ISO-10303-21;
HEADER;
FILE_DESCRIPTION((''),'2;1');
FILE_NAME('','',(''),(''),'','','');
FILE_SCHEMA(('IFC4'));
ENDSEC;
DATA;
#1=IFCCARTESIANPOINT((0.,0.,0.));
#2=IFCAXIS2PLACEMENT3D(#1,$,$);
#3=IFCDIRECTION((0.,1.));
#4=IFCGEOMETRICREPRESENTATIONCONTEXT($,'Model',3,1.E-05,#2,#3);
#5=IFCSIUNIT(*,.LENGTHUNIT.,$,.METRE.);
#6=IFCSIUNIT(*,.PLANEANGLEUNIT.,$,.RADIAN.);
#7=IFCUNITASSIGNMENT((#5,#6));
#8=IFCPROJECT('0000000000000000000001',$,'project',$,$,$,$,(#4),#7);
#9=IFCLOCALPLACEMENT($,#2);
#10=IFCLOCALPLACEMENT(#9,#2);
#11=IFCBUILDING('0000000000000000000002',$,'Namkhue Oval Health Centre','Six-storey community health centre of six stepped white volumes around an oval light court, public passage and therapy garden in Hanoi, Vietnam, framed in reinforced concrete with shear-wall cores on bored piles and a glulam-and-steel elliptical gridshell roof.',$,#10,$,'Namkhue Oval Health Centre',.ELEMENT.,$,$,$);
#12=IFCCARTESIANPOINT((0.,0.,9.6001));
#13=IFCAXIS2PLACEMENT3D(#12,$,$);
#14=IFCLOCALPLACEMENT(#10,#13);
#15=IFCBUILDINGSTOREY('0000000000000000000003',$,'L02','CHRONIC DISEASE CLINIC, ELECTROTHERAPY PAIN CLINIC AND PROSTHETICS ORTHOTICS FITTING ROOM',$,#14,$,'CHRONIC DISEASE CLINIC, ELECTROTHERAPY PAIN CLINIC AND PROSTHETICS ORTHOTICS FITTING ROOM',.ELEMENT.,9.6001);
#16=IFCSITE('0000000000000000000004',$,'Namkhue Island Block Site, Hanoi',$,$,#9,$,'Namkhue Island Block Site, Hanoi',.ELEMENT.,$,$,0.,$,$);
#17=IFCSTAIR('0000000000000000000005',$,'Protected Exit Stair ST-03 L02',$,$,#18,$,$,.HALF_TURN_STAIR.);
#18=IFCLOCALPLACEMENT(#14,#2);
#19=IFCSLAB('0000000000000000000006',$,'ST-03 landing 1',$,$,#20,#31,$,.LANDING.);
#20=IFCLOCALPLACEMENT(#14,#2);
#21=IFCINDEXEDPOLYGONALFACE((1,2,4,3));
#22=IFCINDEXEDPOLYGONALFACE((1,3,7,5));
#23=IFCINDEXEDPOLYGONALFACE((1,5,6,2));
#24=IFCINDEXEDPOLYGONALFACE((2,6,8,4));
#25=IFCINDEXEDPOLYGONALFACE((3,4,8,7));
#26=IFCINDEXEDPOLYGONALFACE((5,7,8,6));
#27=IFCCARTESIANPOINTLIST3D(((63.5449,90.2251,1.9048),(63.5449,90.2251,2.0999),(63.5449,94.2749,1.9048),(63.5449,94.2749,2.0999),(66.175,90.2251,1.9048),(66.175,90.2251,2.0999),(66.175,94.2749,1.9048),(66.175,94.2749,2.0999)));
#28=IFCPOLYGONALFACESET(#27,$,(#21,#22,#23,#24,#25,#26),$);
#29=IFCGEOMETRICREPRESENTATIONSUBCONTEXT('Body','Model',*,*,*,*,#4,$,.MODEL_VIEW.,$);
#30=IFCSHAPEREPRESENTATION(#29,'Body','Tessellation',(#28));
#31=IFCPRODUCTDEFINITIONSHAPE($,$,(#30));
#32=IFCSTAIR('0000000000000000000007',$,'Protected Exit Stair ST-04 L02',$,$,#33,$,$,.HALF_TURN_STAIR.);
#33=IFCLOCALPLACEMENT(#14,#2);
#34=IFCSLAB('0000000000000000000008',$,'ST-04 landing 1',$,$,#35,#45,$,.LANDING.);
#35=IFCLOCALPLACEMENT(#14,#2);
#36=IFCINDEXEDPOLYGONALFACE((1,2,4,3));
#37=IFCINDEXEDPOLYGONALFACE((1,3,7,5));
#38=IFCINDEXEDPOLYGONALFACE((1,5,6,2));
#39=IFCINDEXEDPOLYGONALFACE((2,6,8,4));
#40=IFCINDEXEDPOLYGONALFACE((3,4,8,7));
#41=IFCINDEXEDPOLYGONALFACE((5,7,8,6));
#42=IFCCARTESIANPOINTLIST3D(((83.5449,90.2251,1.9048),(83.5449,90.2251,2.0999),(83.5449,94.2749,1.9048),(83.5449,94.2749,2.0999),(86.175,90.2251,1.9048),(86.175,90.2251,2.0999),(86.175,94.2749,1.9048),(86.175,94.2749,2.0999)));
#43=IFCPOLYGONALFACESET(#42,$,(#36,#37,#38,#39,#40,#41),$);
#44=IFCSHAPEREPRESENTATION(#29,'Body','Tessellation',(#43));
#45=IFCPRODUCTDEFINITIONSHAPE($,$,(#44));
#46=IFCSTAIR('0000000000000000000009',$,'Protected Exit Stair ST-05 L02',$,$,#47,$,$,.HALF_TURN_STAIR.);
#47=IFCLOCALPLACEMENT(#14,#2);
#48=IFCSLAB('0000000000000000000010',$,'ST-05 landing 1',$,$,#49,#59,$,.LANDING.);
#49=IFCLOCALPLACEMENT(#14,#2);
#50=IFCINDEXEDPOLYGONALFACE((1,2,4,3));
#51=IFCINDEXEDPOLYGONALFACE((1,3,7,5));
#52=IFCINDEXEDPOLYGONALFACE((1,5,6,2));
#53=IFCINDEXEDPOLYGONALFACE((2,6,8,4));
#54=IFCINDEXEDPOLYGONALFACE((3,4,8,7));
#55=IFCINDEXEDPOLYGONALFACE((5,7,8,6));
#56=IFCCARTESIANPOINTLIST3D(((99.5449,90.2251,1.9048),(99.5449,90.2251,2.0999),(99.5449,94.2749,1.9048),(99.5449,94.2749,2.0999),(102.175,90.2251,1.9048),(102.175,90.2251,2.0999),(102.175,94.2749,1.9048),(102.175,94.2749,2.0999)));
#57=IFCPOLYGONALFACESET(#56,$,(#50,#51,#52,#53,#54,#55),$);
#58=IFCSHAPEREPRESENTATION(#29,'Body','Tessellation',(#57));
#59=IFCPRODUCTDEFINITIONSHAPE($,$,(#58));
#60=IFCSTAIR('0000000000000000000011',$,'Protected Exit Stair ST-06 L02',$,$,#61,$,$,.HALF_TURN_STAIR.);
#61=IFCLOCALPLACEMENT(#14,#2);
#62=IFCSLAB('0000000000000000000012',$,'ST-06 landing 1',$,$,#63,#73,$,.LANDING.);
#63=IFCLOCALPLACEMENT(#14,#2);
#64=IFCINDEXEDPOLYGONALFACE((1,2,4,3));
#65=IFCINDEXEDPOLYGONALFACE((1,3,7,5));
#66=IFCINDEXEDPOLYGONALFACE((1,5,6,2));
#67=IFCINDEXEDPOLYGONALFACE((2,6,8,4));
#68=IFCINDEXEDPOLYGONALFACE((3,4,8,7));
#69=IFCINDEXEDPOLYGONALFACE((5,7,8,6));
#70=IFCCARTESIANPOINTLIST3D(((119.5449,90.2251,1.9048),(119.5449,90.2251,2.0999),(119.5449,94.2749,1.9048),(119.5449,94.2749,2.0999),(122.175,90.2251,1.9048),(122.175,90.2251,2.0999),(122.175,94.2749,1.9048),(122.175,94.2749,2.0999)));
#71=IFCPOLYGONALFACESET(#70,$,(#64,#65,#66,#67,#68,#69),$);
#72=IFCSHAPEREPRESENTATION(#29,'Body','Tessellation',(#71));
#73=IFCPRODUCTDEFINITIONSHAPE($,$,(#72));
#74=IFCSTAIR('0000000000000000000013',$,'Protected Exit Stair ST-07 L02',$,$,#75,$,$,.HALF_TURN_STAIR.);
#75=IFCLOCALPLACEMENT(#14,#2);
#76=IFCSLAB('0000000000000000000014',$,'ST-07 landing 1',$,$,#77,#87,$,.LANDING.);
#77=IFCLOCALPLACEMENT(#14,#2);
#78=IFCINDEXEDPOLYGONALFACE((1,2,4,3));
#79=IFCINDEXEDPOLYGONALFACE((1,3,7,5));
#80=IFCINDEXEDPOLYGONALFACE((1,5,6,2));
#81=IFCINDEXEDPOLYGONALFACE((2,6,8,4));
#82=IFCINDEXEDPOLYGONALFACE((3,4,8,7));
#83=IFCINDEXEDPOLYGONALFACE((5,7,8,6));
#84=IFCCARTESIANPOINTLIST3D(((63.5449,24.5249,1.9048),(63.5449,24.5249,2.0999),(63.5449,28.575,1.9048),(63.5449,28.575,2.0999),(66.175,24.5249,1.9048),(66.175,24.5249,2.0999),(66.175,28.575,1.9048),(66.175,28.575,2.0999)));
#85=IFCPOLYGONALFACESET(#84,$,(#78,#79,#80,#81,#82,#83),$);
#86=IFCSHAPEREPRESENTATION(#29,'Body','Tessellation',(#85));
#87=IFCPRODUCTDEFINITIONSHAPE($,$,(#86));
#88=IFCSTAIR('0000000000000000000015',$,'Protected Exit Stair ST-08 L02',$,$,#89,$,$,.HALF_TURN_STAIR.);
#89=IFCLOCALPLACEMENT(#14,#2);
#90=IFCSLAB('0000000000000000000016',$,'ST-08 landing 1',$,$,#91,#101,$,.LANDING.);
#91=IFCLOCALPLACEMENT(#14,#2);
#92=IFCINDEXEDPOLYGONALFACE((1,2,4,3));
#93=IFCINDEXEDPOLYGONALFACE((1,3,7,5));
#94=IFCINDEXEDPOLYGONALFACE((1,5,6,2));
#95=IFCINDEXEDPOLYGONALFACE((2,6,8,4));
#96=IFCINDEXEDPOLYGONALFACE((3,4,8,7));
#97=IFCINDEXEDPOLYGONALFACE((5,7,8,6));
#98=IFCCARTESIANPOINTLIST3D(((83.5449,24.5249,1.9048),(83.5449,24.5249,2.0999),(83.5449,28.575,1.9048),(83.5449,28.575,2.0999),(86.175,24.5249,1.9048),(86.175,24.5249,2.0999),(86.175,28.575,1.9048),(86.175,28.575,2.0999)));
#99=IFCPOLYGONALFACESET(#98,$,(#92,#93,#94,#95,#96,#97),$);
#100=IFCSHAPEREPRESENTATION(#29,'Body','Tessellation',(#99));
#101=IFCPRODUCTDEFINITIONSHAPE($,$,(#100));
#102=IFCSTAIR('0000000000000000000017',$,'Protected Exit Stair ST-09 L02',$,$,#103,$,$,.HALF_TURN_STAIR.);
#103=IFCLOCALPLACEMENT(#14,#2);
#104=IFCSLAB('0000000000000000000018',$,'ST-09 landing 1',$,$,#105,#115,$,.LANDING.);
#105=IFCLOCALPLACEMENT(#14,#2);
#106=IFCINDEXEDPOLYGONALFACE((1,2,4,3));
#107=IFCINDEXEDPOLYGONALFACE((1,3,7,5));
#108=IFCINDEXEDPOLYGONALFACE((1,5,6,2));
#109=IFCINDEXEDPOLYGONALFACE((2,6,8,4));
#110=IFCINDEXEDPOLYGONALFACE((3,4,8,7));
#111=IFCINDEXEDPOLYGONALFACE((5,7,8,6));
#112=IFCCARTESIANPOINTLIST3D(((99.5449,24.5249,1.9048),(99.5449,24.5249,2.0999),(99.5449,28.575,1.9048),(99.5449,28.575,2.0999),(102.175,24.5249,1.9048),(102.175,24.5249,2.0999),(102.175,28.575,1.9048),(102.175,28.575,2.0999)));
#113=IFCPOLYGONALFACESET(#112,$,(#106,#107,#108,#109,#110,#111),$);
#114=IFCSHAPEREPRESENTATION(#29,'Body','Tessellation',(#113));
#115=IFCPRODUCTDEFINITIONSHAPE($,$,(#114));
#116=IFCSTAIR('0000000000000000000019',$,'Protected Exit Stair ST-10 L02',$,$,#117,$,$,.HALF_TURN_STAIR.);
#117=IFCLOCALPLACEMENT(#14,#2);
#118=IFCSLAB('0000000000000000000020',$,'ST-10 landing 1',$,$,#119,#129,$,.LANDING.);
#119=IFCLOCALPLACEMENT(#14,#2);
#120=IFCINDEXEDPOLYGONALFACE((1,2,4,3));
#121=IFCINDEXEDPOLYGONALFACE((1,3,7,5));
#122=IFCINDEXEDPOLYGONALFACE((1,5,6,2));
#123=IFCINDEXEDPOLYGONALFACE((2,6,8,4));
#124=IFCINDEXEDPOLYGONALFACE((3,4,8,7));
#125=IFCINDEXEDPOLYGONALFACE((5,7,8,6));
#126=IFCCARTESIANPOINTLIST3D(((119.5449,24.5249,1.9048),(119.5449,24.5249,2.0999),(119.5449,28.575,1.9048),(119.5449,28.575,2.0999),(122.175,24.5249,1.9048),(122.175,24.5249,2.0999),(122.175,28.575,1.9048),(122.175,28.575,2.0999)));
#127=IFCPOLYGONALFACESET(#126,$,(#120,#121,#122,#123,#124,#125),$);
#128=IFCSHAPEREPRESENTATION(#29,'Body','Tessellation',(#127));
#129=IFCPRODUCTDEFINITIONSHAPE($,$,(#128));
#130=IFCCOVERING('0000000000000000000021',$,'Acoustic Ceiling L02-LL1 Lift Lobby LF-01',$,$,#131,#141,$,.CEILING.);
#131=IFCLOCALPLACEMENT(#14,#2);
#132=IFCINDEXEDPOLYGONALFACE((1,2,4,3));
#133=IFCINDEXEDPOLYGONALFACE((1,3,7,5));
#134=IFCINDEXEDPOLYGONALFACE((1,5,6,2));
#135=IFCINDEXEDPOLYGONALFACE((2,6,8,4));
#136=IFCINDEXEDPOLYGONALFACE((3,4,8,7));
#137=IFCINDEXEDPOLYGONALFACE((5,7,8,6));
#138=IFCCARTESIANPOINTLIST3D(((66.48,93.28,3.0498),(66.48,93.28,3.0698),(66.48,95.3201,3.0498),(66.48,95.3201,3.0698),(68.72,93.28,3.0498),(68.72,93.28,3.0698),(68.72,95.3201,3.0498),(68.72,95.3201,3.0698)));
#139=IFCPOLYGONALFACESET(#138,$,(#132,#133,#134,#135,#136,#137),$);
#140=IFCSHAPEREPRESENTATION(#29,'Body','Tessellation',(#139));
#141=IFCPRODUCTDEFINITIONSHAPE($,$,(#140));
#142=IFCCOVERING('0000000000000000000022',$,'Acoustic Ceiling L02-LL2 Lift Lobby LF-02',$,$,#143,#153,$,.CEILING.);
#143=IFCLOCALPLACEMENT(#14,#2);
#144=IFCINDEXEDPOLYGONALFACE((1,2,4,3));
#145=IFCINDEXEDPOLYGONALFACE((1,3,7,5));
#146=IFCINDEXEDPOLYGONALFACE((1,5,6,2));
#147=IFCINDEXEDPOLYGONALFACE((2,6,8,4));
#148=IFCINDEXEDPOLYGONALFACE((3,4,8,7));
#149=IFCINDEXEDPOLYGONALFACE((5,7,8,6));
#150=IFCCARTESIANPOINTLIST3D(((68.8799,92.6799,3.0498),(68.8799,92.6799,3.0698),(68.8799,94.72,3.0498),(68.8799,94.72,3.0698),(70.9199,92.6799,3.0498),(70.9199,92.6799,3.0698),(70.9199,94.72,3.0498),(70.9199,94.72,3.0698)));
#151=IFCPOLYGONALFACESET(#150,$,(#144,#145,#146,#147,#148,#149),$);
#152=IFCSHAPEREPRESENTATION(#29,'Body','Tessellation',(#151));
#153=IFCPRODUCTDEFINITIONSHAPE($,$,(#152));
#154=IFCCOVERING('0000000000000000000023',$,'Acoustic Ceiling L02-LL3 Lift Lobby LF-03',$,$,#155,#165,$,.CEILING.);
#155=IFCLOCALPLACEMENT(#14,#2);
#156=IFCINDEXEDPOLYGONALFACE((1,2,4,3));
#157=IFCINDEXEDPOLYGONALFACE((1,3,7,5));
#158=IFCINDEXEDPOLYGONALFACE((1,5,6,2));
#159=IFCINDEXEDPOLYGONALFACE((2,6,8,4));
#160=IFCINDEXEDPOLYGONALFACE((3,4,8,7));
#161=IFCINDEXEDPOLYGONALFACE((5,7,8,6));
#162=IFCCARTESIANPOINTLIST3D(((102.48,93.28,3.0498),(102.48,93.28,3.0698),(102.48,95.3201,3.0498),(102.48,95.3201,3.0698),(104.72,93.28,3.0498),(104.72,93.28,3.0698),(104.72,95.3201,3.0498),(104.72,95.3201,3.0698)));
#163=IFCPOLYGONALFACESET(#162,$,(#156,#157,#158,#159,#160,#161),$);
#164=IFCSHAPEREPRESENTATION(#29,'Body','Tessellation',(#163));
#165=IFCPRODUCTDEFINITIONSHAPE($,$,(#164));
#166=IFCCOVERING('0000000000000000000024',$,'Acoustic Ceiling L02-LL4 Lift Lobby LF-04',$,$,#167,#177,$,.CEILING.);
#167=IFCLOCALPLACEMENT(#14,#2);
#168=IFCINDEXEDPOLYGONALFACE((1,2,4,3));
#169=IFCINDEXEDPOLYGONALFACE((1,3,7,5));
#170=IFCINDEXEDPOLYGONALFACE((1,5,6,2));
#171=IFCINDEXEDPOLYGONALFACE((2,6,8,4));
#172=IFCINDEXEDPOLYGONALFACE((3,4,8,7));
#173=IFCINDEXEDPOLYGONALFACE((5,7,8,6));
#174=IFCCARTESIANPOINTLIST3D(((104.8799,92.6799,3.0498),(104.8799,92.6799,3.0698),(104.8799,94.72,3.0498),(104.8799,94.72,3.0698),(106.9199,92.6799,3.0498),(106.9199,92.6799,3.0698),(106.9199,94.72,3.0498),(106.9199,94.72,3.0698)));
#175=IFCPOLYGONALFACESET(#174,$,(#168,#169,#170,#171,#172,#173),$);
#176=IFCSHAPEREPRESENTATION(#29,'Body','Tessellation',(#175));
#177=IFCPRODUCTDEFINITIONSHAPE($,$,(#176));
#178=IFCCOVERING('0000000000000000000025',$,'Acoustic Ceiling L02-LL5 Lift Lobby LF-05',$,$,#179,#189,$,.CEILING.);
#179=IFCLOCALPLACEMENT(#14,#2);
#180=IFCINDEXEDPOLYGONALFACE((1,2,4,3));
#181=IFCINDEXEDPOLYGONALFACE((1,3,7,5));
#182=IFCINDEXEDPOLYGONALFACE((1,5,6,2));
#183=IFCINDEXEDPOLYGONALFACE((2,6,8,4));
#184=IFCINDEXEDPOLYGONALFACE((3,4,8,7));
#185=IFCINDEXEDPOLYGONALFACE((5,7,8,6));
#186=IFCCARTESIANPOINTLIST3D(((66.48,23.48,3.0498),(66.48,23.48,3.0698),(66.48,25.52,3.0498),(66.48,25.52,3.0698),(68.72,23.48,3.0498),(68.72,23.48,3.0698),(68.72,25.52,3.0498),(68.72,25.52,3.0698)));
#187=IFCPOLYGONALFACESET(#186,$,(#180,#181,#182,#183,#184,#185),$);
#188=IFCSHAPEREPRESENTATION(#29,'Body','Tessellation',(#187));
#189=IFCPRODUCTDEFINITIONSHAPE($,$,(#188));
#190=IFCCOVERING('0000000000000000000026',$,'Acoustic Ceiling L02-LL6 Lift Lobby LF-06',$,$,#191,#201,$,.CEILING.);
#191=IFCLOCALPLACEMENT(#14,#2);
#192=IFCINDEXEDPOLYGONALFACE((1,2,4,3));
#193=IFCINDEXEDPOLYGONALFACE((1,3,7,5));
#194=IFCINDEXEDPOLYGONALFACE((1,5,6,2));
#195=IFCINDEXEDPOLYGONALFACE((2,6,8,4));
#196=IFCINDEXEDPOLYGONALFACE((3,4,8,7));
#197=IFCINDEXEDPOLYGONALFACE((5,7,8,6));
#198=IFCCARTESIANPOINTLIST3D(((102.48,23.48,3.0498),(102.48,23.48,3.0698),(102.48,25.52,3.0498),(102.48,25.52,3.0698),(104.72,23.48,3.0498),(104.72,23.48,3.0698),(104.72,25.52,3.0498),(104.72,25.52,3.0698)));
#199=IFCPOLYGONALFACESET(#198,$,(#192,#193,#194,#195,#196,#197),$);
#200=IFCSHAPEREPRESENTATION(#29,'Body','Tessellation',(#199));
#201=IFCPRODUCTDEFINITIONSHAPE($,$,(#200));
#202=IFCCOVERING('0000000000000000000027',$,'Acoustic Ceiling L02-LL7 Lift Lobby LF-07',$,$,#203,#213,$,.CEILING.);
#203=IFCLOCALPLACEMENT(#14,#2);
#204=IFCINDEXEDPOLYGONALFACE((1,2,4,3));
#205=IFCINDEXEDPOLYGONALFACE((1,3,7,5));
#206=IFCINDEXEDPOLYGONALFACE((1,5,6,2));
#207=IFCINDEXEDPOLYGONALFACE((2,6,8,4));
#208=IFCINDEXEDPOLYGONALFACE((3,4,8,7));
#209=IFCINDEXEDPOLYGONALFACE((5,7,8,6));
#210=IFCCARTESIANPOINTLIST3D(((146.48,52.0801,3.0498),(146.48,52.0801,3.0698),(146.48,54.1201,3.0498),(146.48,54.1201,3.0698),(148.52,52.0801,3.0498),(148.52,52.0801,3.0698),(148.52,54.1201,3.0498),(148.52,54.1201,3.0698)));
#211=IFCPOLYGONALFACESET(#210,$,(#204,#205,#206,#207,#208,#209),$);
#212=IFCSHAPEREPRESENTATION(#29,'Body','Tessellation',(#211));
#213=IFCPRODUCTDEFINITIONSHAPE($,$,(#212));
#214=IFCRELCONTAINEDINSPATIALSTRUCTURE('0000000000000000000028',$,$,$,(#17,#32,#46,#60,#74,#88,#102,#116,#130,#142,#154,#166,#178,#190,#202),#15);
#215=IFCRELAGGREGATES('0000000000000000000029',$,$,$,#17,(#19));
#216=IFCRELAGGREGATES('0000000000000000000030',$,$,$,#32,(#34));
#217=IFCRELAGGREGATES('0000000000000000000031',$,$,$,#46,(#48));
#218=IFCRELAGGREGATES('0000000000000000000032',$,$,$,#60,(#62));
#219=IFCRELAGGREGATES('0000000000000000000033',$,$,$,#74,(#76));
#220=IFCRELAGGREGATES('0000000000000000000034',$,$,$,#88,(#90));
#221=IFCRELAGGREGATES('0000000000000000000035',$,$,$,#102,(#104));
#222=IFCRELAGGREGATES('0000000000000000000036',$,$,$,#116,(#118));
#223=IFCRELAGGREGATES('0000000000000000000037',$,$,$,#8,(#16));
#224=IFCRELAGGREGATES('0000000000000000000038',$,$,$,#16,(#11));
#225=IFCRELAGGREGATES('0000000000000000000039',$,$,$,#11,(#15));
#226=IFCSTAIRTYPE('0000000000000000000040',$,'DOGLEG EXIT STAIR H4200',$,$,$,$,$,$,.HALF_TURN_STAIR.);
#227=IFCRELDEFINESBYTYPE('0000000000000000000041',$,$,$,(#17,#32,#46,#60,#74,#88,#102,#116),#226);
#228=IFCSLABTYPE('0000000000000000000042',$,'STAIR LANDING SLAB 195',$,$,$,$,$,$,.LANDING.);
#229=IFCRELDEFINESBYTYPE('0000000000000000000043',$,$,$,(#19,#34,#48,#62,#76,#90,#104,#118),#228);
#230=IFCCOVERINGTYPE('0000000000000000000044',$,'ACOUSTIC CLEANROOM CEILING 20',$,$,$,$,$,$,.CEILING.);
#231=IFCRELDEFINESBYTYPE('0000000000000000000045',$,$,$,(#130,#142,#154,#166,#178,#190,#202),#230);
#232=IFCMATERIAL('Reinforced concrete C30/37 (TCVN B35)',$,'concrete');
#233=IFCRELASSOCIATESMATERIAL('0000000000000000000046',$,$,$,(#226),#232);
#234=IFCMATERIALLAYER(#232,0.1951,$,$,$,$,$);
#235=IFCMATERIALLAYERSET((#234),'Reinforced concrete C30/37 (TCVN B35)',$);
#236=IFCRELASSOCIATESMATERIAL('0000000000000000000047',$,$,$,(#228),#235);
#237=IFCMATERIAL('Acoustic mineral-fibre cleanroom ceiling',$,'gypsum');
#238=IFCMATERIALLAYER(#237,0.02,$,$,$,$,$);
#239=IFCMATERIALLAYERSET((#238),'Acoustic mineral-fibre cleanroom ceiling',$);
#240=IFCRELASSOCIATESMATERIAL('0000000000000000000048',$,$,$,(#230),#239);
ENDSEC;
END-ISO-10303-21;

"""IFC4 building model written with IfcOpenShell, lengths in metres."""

from ifc_helpers import new_model, si_unit, direction, frame, origin, place, context, subcontext, project, spatial, polyline, outline, extrude, material, layer, layer_set, type_object, element, aggregate, save


model = new_model("IFC4")

# Units and contexts
model_context = context("Model", 3, precision=1e-05, world=origin(), true_north=direction((0.0, 1.0)))
body_context = subcontext(model_context, "Body", "Model", "MODEL_VIEW")
ifc_project = project(units=[si_unit("LENGTHUNIT", "METRE"), si_unit("PLANEANGLEUNIT", "RADIAN")], contexts=[model_context])

# Site, building, storey
site_placement = place(None, origin())
site = spatial("IfcSite", under=ifc_project, at=site_placement, Name="Namkhue Island Block Site, Hanoi", LongName="Namkhue Island Block Site, Hanoi", CompositionType="ELEMENT", RefElevation=0.0)
building_placement = place(site_placement, origin())
building = spatial("IfcBuilding", under=site, at=building_placement, Name="Namkhue Oval Health Centre", Description="Six-storey community health centre of six stepped white volumes around an oval light court, public passage and therapy garden in Hanoi, Vietnam, framed in reinforced concrete with shear-wall cores on bored piles and a glulam-and-steel elliptical gridshell roof.", LongName="Namkhue Oval Health Centre", CompositionType="ELEMENT")
storey_placement = place(building_placement, frame((0.0, 0.0, 9.6001)))
storey = spatial("IfcBuildingStorey", under=building, at=storey_placement, Name="L02", Description="CHRONIC DISEASE CLINIC, ELECTROTHERAPY PAIN CLINIC AND PROSTHETICS ORTHOTICS FITTING ROOM", LongName="CHRONIC DISEASE CLINIC, ELECTROTHERAPY PAIN CLINIC AND PROSTHETICS ORTHOTICS FITTING ROOM", CompositionType="ELEMENT", Elevation=9.6001)

# Stairs, slabs
ifc_material_1 = material(Name="Reinforced concrete C30/37 (TCVN B35)", Category="concrete")
stair_type = type_object("IfcStairType", Name="DOGLEG EXIT STAIR H4200", PredefinedType="HALF_TURN_STAIR", material=ifc_material_1)
stair_1_placement = place(storey_placement, origin())
stair_1 = element("IfcStair", 1, at=stair_1_placement, inside=storey, type_object=stair_type, Name="Protected Exit Stair ST-03 L02", PredefinedType="HALF_TURN_STAIR")
ifc_layer_1 = layer(ifc_material_1, 0.1951)
ifc_layer_set_1 = layer_set([ifc_layer_1], Name="Reinforced concrete C30/37 (TCVN B35)")
slab_type = type_object("IfcSlabType", Name="STAIR LANDING SLAB 195", PredefinedType="LANDING", material=ifc_layer_set_1)
slab_1_placement = place(storey_placement, frame((0.0, 0.0, 1.9048)))
slab_1 = element("IfcSlab", 2, at=slab_1_placement, type_object=slab_type, Name="ST-03 landing 1", PredefinedType="LANDING", context=body_context, shape_type="SweptSolid", body=[
    extrude(outline(polyline([(63.5449, 90.2251), (66.175, 90.2251), (66.175, 94.2749), (63.5449, 94.2749), (63.5449, 90.2251)])), origin(), (0.0, 0.0, 1.0), 0.1951),
])
aggregate(stair_1, [slab_1])
stair_2_placement = place(storey_placement, origin())
stair_2 = element("IfcStair", 3, at=stair_2_placement, inside=storey, type_object=stair_type, Name="Protected Exit Stair ST-04 L02", PredefinedType="HALF_TURN_STAIR")
slab_2_placement = place(storey_placement, frame((0.0, 0.0, 1.9048)))
slab_2 = element("IfcSlab", 4, at=slab_2_placement, type_object=slab_type, Name="ST-04 landing 1", PredefinedType="LANDING", context=body_context, shape_type="SweptSolid", body=[
    extrude(outline(polyline([(83.5449, 90.2251), (86.175, 90.2251), (86.175, 94.2749), (83.5449, 94.2749), (83.5449, 90.2251)])), origin(), (0.0, 0.0, 1.0), 0.1951),
])
aggregate(stair_2, [slab_2])
stair_3_placement = place(storey_placement, origin())
stair_3 = element("IfcStair", 5, at=stair_3_placement, inside=storey, type_object=stair_type, Name="Protected Exit Stair ST-05 L02", PredefinedType="HALF_TURN_STAIR")
slab_3_placement = place(storey_placement, frame((0.0, 0.0, 1.9048)))
slab_3 = element("IfcSlab", 6, at=slab_3_placement, type_object=slab_type, Name="ST-05 landing 1", PredefinedType="LANDING", context=body_context, shape_type="SweptSolid", body=[
    extrude(outline(polyline([(99.5449, 90.2251), (102.175, 90.2251), (102.175, 94.2749), (99.5449, 94.2749), (99.5449, 90.2251)])), origin(), (0.0, 0.0, 1.0), 0.1951),
])
aggregate(stair_3, [slab_3])
stair_4_placement = place(storey_placement, origin())
stair_4 = element("IfcStair", 7, at=stair_4_placement, inside=storey, type_object=stair_type, Name="Protected Exit Stair ST-06 L02", PredefinedType="HALF_TURN_STAIR")
slab_4_placement = place(storey_placement, frame((0.0, 0.0, 1.9048)))
slab_4 = element("IfcSlab", 8, at=slab_4_placement, type_object=slab_type, Name="ST-06 landing 1", PredefinedType="LANDING", context=body_context, shape_type="SweptSolid", body=[
    extrude(outline(polyline([(119.5449, 90.2251), (122.175, 90.2251), (122.175, 94.2749), (119.5449, 94.2749), (119.5449, 90.2251)])), origin(), (0.0, 0.0, 1.0), 0.1951),
])
aggregate(stair_4, [slab_4])
stair_5_placement = place(storey_placement, origin())
stair_5 = element("IfcStair", 9, at=stair_5_placement, inside=storey, type_object=stair_type, Name="Protected Exit Stair ST-07 L02", PredefinedType="HALF_TURN_STAIR")
slab_5_placement = place(storey_placement, frame((0.0, 0.0, 1.9048)))
slab_5 = element("IfcSlab", 10, at=slab_5_placement, type_object=slab_type, Name="ST-07 landing 1", PredefinedType="LANDING", context=body_context, shape_type="SweptSolid", body=[
    extrude(outline(polyline([(63.5449, 24.5249), (66.175, 24.5249), (66.175, 28.575), (63.5449, 28.575), (63.5449, 24.5249)])), origin(), (0.0, 0.0, 1.0), 0.1951),
])
aggregate(stair_5, [slab_5])
stair_6_placement = place(storey_placement, origin())
stair_6 = element("IfcStair", 11, at=stair_6_placement, inside=storey, type_object=stair_type, Name="Protected Exit Stair ST-08 L02", PredefinedType="HALF_TURN_STAIR")
slab_6_placement = place(storey_placement, frame((0.0, 0.0, 1.9048)))
slab_6 = element("IfcSlab", 12, at=slab_6_placement, type_object=slab_type, Name="ST-08 landing 1", PredefinedType="LANDING", context=body_context, shape_type="SweptSolid", body=[
    extrude(outline(polyline([(83.5449, 24.5249), (86.175, 24.5249), (86.175, 28.575), (83.5449, 28.575), (83.5449, 24.5249)])), origin(), (0.0, 0.0, 1.0), 0.1951),
])
aggregate(stair_6, [slab_6])
stair_7_placement = place(storey_placement, origin())
stair_7 = element("IfcStair", 13, at=stair_7_placement, inside=storey, type_object=stair_type, Name="Protected Exit Stair ST-09 L02", PredefinedType="HALF_TURN_STAIR")
slab_7_placement = place(storey_placement, frame((0.0, 0.0, 1.9048)))
slab_7 = element("IfcSlab", 14, at=slab_7_placement, type_object=slab_type, Name="ST-09 landing 1", PredefinedType="LANDING", context=body_context, shape_type="SweptSolid", body=[
    extrude(outline(polyline([(99.5449, 24.5249), (102.175, 24.5249), (102.175, 28.575), (99.5449, 28.575), (99.5449, 24.5249)])), origin(), (0.0, 0.0, 1.0), 0.1951),
])
aggregate(stair_7, [slab_7])
stair_8_placement = place(storey_placement, origin())
stair_8 = element("IfcStair", 15, at=stair_8_placement, inside=storey, type_object=stair_type, Name="Protected Exit Stair ST-10 L02", PredefinedType="HALF_TURN_STAIR")
slab_8_placement = place(storey_placement, frame((0.0, 0.0, 1.9048)))
slab_8 = element("IfcSlab", 16, at=slab_8_placement, type_object=slab_type, Name="ST-10 landing 1", PredefinedType="LANDING", context=body_context, shape_type="SweptSolid", body=[
    extrude(outline(polyline([(119.5449, 24.5249), (122.175, 24.5249), (122.175, 28.575), (119.5449, 28.575), (119.5449, 24.5249)])), origin(), (0.0, 0.0, 1.0), 0.1951),
])
aggregate(stair_8, [slab_8])

# Coverings
ifc_material_2 = material(Name="Acoustic mineral-fibre cleanroom ceiling", Category="gypsum")
ifc_layer_2 = layer(ifc_material_2, 0.02)
ifc_layer_set_2 = layer_set([ifc_layer_2], Name="Acoustic mineral-fibre cleanroom ceiling")
covering_type_1 = type_object("IfcCoveringType", Name="ACOUSTIC CLEANROOM CEILING 20", PredefinedType="CEILING", material=ifc_layer_set_2)
covering_1_placement = place(storey_placement, frame((0.0, 0.0, 3.0498)))
element("IfcCovering", 17, at=covering_1_placement, inside=storey, type_object=covering_type_1, Name="Acoustic Ceiling L02-LL1 Lift Lobby LF-01", PredefinedType="CEILING", context=body_context, shape_type="SweptSolid", body=[
    extrude(outline(polyline([(66.48, 93.28), (66.48, 95.3201), (68.72, 95.3201), (68.72, 93.28), (66.48, 93.28)])), origin(), (0.0, 0.0, 1.0), 0.02),
])
covering_2_placement = place(storey_placement, frame((0.0, 0.0, 3.0498)))
element("IfcCovering", 18, at=covering_2_placement, inside=storey, type_object=covering_type_1, Name="Acoustic Ceiling L02-LL2 Lift Lobby LF-02", PredefinedType="CEILING", context=body_context, shape_type="SweptSolid", body=[
    extrude(outline(polyline([(68.8799, 92.6799), (68.8799, 94.72), (70.9199, 94.72), (70.9199, 92.6799), (68.8799, 92.6799)])), origin(), (0.0, 0.0, 1.0), 0.02),
])
covering_3_placement = place(storey_placement, frame((0.0, 0.0, 3.0498)))
element("IfcCovering", 19, at=covering_3_placement, inside=storey, type_object=covering_type_1, Name="Acoustic Ceiling L02-LL3 Lift Lobby LF-03", PredefinedType="CEILING", context=body_context, shape_type="SweptSolid", body=[
    extrude(outline(polyline([(102.48, 93.28), (102.48, 95.3201), (104.72, 95.3201), (104.72, 93.28), (102.48, 93.28)])), origin(), (0.0, 0.0, 1.0), 0.02),
])
covering_4_placement = place(storey_placement, frame((0.0, 0.0, 3.0498)))
element("IfcCovering", 20, at=covering_4_placement, inside=storey, type_object=covering_type_1, Name="Acoustic Ceiling L02-LL4 Lift Lobby LF-04", PredefinedType="CEILING", context=body_context, shape_type="SweptSolid", body=[
    extrude(outline(polyline([(104.8799, 92.6799), (104.8799, 94.72), (106.9199, 94.72), (106.9199, 92.6799), (104.8799, 92.6799)])), origin(), (0.0, 0.0, 1.0), 0.02),
])
covering_5_placement = place(storey_placement, frame((0.0, 0.0, 3.0498)))
element("IfcCovering", 21, at=covering_5_placement, inside=storey, type_object=covering_type_1, Name="Acoustic Ceiling L02-LL5 Lift Lobby LF-05", PredefinedType="CEILING", context=body_context, shape_type="SweptSolid", body=[
    extrude(outline(polyline([(66.48, 23.48), (66.48, 25.52), (68.72, 25.52), (68.72, 23.48), (66.48, 23.48)])), origin(), (0.0, 0.0, 1.0), 0.02),
])
covering_6_placement = place(storey_placement, frame((0.0, 0.0, 3.0498)))
element("IfcCovering", 22, at=covering_6_placement, inside=storey, type_object=covering_type_1, Name="Acoustic Ceiling L02-LL6 Lift Lobby LF-06", PredefinedType="CEILING", context=body_context, shape_type="SweptSolid", body=[
    extrude(outline(polyline([(102.48, 23.48), (102.48, 25.52), (104.72, 25.52), (104.72, 23.48), (102.48, 23.48)])), origin(), (0.0, 0.0, 1.0), 0.02),
])
covering_7_placement = place(storey_placement, frame((0.0, 0.0, 3.0498)))
element("IfcCovering", 23, at=covering_7_placement, inside=storey, type_object=covering_type_1, Name="Acoustic Ceiling L02-LL7 Lift Lobby LF-07", PredefinedType="CEILING", context=body_context, shape_type="SweptSolid", body=[
    extrude(outline(polyline([(146.48, 52.0801), (146.48, 54.1201), (148.52, 54.1201), (148.52, 52.0801), (146.48, 52.0801)])), origin(), (0.0, 0.0, 1.0), 0.02),
])

save(model, "model.ifc")
